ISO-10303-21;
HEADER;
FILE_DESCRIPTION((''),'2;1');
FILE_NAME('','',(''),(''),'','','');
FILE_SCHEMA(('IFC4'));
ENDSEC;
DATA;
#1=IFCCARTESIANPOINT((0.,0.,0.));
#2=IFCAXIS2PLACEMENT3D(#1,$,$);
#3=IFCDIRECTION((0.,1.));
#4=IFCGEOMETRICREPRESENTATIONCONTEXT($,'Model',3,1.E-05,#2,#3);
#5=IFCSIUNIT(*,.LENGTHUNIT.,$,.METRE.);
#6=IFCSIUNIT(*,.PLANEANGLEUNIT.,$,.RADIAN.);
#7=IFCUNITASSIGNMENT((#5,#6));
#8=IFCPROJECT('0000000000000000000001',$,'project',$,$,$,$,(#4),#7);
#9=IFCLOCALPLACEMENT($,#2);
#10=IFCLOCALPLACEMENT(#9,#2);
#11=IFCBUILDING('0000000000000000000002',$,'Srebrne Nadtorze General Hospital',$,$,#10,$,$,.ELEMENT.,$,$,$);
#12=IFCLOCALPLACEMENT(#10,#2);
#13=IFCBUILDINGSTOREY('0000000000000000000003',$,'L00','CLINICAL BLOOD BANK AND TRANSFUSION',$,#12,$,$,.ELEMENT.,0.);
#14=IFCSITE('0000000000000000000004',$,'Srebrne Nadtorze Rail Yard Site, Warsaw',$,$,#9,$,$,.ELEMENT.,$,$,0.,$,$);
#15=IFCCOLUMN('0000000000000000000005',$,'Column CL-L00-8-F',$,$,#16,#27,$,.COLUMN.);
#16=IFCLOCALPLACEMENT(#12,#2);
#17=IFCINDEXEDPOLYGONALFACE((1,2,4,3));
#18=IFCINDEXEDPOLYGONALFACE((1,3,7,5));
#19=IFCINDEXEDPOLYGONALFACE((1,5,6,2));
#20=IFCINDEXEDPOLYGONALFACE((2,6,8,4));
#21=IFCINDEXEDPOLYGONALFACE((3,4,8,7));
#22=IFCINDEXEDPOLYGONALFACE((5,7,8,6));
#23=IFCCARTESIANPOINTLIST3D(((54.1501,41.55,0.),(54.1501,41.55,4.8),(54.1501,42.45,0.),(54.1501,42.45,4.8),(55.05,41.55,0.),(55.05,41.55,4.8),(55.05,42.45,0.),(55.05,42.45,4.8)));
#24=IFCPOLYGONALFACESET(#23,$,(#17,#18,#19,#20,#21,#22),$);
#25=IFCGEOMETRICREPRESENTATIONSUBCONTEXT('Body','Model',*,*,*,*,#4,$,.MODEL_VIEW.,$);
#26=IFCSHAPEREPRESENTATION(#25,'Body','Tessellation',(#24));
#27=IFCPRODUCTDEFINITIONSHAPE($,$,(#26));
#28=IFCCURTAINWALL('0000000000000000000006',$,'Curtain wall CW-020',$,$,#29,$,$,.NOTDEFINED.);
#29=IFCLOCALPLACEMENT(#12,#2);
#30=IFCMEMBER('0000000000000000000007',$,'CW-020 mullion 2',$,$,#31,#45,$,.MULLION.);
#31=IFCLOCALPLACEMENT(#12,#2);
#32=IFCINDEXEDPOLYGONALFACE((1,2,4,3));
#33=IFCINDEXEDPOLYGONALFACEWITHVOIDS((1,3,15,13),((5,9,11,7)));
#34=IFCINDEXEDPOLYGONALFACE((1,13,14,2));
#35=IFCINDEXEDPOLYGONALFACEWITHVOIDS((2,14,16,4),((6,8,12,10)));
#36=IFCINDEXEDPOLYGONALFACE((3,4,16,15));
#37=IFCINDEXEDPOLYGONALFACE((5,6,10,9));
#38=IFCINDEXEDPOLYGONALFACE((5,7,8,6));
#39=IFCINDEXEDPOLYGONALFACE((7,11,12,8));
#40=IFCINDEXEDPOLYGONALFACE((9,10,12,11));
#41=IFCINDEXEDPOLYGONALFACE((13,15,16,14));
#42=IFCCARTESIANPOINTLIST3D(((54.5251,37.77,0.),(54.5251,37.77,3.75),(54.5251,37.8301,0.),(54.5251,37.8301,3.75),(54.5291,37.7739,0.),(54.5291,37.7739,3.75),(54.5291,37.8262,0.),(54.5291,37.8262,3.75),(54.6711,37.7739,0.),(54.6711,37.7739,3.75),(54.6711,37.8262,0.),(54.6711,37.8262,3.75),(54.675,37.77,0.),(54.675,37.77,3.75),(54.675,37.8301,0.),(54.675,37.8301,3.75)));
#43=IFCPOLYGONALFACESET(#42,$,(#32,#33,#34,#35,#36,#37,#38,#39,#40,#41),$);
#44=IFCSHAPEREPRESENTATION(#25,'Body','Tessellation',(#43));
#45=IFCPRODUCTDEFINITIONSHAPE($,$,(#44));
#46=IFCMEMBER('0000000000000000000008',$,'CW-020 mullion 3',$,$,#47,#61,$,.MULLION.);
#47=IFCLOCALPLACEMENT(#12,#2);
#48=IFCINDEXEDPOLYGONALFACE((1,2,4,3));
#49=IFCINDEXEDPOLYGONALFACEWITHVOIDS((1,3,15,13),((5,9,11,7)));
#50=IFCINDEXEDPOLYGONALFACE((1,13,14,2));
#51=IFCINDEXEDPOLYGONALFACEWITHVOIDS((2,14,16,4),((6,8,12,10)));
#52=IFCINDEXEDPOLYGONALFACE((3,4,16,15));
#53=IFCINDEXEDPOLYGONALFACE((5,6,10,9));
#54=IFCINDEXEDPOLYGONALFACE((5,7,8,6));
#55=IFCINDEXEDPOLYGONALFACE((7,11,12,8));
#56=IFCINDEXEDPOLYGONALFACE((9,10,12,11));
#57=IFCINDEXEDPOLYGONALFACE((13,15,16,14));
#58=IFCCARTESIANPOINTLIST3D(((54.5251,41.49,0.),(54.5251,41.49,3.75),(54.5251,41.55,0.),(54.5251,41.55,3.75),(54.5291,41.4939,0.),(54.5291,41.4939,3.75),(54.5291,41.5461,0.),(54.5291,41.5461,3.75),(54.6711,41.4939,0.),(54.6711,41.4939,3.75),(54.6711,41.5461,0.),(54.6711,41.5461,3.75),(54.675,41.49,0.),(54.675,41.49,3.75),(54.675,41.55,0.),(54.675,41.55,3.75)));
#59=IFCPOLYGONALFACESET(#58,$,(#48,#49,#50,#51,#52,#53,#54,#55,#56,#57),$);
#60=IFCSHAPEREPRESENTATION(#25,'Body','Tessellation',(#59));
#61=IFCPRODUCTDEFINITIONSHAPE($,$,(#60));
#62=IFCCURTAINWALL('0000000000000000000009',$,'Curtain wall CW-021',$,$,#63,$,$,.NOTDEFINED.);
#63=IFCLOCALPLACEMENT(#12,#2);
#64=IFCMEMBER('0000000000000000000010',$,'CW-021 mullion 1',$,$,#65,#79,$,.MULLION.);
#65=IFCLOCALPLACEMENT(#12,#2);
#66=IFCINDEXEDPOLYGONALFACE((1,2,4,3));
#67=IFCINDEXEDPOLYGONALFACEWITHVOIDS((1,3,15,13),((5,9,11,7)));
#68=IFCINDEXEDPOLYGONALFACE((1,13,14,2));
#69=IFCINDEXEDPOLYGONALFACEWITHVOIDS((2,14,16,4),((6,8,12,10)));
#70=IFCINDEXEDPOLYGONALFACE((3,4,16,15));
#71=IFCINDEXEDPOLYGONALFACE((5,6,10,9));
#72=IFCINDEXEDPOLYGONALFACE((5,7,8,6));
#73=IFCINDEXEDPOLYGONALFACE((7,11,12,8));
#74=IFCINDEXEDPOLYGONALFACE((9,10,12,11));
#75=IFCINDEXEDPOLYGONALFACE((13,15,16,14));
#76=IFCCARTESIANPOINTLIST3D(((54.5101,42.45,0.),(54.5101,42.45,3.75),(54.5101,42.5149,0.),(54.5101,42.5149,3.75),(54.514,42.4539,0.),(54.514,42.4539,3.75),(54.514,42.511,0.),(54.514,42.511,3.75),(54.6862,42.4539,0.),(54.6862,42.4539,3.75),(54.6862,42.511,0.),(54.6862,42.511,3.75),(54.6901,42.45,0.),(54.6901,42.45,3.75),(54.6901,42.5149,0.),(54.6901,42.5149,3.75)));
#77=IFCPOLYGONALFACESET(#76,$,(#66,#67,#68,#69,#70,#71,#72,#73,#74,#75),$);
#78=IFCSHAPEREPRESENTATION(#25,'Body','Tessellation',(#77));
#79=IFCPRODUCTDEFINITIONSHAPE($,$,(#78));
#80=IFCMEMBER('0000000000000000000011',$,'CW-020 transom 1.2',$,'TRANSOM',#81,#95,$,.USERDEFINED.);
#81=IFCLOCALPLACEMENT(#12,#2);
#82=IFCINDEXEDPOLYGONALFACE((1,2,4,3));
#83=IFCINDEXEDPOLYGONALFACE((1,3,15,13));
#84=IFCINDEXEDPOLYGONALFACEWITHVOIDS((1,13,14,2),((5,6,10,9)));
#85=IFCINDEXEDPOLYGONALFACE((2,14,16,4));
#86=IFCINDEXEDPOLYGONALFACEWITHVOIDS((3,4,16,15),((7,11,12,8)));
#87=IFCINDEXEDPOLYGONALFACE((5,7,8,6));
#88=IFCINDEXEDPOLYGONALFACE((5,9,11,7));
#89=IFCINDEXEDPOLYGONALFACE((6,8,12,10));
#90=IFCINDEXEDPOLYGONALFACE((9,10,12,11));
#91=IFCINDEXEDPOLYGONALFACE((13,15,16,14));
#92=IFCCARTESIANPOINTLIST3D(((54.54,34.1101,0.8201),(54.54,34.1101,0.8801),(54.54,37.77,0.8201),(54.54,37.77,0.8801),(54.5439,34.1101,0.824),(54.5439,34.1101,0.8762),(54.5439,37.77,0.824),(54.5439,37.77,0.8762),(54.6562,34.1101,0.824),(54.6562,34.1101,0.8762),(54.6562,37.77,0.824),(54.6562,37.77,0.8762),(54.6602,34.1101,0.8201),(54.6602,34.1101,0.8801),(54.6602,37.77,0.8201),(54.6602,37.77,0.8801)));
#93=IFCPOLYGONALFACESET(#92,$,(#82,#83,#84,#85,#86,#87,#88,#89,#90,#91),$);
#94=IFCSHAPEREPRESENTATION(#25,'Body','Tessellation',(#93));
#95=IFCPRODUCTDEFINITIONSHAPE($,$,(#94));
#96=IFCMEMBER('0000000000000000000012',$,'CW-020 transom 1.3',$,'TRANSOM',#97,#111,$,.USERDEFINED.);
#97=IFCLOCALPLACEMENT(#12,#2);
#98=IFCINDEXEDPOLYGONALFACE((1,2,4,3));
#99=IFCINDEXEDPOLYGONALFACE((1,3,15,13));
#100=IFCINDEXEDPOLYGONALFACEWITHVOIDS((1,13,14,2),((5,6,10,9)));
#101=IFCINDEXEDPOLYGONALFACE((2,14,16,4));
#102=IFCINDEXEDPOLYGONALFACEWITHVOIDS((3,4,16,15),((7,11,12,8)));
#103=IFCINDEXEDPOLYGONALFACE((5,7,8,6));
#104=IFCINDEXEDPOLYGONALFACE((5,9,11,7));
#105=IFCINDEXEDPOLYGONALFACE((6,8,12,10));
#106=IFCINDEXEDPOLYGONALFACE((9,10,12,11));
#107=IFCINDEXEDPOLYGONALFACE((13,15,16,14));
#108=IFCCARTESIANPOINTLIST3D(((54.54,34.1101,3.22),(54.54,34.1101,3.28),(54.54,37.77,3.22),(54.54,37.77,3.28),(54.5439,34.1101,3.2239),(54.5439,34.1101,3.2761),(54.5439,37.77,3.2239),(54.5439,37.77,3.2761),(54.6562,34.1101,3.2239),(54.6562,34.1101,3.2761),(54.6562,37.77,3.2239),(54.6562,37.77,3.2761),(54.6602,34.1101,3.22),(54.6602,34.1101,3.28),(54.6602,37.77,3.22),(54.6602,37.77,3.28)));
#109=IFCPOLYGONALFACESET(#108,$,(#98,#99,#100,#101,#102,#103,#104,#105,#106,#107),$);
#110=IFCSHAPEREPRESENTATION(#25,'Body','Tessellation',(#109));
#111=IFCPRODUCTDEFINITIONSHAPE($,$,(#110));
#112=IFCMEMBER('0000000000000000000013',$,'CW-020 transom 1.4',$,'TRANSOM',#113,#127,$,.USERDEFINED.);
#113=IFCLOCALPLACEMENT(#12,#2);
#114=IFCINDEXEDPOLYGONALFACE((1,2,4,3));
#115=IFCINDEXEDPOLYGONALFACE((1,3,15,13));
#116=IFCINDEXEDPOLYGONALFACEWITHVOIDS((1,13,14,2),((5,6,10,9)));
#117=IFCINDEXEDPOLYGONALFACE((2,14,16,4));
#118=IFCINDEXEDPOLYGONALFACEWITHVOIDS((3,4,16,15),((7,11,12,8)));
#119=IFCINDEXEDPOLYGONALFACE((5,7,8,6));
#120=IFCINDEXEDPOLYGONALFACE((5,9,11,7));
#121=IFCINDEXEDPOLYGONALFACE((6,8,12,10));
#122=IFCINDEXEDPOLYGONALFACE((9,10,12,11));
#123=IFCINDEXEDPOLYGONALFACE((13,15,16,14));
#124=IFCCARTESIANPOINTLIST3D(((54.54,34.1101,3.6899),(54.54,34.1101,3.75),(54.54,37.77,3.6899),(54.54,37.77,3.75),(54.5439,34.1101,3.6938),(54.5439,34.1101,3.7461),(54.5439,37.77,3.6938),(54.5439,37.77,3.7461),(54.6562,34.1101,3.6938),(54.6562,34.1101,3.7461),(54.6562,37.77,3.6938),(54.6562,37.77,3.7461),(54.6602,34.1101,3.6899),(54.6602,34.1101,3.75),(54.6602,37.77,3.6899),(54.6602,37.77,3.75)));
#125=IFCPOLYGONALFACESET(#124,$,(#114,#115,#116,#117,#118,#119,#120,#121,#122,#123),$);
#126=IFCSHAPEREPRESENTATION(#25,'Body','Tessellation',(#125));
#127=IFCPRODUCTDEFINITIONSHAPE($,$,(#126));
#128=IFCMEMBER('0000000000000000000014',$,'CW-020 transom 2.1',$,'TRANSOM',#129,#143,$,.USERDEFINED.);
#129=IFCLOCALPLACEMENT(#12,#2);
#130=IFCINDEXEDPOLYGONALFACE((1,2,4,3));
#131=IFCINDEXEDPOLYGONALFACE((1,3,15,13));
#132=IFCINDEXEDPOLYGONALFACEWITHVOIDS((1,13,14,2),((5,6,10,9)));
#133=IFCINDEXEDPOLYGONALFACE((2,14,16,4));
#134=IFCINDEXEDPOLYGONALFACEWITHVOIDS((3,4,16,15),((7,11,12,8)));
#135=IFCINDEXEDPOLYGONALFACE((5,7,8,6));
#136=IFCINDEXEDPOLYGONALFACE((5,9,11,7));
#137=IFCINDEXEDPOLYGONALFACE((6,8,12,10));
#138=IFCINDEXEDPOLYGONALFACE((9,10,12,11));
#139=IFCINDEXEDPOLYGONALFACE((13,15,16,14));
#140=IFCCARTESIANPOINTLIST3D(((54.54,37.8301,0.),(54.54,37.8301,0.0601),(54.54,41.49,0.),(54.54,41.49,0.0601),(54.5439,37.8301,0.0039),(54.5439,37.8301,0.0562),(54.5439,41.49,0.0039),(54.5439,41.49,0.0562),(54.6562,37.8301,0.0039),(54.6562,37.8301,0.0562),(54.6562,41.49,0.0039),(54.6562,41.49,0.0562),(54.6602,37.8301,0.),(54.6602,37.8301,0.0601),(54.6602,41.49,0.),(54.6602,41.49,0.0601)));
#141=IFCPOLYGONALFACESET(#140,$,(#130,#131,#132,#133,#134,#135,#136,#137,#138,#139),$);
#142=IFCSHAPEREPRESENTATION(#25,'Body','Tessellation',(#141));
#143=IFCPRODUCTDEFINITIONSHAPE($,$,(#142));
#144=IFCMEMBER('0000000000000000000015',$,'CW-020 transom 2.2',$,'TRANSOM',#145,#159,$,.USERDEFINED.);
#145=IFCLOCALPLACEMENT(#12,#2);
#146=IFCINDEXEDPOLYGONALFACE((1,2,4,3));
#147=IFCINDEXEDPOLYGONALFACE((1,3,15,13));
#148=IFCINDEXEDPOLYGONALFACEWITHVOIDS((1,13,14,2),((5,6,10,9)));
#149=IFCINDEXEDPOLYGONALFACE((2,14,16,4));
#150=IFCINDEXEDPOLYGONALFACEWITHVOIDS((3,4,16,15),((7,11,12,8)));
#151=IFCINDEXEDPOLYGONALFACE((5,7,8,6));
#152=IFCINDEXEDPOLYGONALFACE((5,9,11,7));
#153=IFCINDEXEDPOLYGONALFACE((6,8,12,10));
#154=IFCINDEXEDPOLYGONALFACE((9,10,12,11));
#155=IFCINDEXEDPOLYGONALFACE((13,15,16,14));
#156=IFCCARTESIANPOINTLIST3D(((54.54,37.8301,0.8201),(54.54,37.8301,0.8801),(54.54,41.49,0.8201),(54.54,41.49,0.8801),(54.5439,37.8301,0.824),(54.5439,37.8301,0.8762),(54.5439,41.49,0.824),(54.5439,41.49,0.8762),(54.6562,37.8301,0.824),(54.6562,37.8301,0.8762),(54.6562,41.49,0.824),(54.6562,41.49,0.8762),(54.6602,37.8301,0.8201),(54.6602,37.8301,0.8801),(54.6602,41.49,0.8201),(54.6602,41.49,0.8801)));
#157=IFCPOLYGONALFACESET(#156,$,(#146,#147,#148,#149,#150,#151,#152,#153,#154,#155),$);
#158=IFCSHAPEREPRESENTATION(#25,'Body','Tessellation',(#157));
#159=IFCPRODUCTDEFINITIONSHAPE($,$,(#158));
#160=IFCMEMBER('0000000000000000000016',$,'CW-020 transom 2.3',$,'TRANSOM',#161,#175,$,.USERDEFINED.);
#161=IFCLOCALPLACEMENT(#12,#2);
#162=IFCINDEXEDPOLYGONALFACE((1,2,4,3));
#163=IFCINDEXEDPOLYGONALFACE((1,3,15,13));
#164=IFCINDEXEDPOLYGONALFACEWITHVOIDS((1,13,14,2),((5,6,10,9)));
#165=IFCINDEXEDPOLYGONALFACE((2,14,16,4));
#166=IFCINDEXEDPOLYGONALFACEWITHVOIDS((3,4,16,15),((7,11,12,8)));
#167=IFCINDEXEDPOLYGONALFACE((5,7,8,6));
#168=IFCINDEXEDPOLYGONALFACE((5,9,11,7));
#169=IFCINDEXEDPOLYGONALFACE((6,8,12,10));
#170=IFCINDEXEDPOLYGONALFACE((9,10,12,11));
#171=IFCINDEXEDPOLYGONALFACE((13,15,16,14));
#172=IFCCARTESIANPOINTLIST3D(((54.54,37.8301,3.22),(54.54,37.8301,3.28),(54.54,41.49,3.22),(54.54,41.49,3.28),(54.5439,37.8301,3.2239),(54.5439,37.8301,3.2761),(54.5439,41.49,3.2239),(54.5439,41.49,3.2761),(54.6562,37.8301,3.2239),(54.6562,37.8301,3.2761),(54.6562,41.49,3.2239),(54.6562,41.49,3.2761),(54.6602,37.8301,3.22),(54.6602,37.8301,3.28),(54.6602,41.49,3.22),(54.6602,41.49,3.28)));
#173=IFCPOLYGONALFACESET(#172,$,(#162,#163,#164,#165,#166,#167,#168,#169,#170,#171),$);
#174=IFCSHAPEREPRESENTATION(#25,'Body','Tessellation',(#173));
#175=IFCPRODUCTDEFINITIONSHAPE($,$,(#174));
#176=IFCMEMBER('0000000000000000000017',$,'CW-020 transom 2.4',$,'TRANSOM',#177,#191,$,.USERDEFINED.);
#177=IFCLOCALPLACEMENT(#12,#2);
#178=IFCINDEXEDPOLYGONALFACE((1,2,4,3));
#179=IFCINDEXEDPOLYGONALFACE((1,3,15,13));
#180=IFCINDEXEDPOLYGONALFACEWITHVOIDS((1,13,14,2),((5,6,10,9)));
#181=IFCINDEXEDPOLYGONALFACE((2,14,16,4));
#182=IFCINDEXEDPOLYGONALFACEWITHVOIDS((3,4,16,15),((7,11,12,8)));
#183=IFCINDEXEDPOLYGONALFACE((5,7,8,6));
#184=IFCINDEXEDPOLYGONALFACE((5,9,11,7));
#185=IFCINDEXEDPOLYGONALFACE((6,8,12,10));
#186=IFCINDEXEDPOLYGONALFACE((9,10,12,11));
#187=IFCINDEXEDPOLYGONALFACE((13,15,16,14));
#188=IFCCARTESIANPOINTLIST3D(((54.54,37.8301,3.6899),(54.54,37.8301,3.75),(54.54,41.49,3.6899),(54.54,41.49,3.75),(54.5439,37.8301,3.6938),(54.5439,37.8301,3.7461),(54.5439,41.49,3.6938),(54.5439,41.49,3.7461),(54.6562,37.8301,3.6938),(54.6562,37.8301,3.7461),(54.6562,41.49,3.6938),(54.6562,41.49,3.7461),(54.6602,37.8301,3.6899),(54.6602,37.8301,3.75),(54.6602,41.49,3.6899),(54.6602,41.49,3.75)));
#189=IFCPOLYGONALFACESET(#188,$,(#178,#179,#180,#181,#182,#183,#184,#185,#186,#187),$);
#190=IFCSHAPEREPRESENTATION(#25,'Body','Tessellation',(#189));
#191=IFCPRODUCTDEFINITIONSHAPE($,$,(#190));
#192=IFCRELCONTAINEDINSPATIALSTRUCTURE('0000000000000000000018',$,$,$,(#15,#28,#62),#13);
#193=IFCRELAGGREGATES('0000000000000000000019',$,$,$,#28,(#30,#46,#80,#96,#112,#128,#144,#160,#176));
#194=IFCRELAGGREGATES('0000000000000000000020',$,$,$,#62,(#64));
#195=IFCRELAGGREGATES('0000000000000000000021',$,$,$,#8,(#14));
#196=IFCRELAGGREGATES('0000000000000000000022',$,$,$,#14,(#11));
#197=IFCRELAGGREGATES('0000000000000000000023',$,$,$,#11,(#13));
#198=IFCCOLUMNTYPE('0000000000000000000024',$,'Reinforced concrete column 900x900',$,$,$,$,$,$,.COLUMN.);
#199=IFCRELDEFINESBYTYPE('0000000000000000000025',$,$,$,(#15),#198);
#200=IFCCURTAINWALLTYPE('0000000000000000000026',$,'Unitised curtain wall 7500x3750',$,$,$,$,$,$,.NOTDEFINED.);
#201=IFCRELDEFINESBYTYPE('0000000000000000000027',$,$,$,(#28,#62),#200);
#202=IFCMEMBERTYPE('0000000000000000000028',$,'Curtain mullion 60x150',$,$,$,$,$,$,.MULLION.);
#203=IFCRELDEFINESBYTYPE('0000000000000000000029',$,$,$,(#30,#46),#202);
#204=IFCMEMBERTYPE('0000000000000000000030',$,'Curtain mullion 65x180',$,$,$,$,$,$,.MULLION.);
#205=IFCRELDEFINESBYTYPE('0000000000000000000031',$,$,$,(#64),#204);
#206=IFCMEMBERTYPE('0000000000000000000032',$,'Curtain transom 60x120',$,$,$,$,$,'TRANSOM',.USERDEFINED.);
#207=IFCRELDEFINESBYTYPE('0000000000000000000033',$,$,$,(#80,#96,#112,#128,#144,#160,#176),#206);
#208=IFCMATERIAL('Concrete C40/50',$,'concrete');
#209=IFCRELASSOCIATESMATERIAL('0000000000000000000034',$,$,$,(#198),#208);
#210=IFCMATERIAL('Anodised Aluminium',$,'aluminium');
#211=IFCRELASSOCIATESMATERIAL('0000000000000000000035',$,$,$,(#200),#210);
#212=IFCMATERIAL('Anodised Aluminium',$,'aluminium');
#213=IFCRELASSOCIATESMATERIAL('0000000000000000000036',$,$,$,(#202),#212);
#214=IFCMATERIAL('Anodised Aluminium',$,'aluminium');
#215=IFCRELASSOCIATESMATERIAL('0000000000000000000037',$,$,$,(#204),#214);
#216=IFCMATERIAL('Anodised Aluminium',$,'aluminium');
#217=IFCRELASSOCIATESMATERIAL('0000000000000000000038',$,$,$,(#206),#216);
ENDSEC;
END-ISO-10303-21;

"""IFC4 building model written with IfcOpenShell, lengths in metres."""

from ifc_helpers import new_model, si_unit, direction, frame, origin, origin_2d, place, context, subcontext, project, spatial, rectangle, hollow_rectangle, extrude, material, material_profile, profile_set, type_object, element, aggregate, save


model = new_model("IFC4")

# Units and contexts
model_context = context("Model", 3, precision=1e-05, world=origin(), true_north=direction((0.0, 1.0)))
body_context = subcontext(model_context, "Body", "Model", "MODEL_VIEW")
ifc_project = project(units=[si_unit("LENGTHUNIT", "METRE"), si_unit("PLANEANGLEUNIT", "RADIAN")], contexts=[model_context])

# Site, building, storey
site_placement = place(None, origin())
site = spatial("IfcSite", under=ifc_project, at=site_placement, Name="Srebrne Nadtorze Rail Yard Site, Warsaw", CompositionType="ELEMENT", RefElevation=0.0)
building_placement = place(site_placement, origin())
building = spatial("IfcBuilding", under=site, at=building_placement, Name="Srebrne Nadtorze General Hospital", CompositionType="ELEMENT")
storey_placement = place(building_placement, origin())
storey = spatial("IfcBuildingStorey", under=building, at=storey_placement, Name="L00", Description="CLINICAL BLOOD BANK AND TRANSFUSION", CompositionType="ELEMENT", Elevation=0.0)

# Column
ifc_material_1 = material(Name="Concrete C40/50", Category="concrete")
ifc_material_profile_1 = material_profile(ifc_material_1, rectangle(XDim=0.8999, YDim=0.8999, at=origin_2d()), Name="RC-COL-900x900")
ifc_profile_set_1 = profile_set([ifc_material_profile_1], Name="Concrete C40/50")
column_type = type_object("IfcColumnType", Name="Reinforced concrete column 900x900", PredefinedType="COLUMN", material=ifc_profile_set_1)
column_placement = place(storey_placement, frame((54.6001, 42.0, 0.0), z_axis=(0.0, 0.0, 1.0), x_axis=(1.0, 0.0, 0.0)))
element("IfcColumn", 1, at=column_placement, inside=storey, type_object=column_type, Name="Column CL-L00-8-F", PredefinedType="COLUMN", context=body_context, shape_type="SweptSolid", body=[
    extrude(rectangle(XDim=0.8999, YDim=0.8999, at=origin_2d()), origin(), (0.0, 0.0, 1.0), 4.8),
])

# Curtain wall, members
ifc_material_2 = material(Name="Anodised Aluminium", Category="aluminium")
curtain_wall_type = type_object("IfcCurtainWallType", Name="Unitised curtain wall 7500x3750", PredefinedType="NOTDEFINED", material=ifc_material_2)
curtain_wall_1_placement = place(storey_placement, origin())
curtain_wall_1 = element("IfcCurtainWall", 2, at=curtain_wall_1_placement, inside=storey, type_object=curtain_wall_type, Name="Curtain wall CW-020", PredefinedType="NOTDEFINED")
ifc_material_3 = material(Name="Anodised Aluminium", Category="aluminium")
ifc_material_profile_2 = material_profile(ifc_material_3, hollow_rectangle(XDim=0.0601, YDim=0.1499, WallThickness=0.0039, at=origin_2d()), Name="AL-MUL-60x150")
ifc_profile_set_2 = profile_set([ifc_material_profile_2], Name="Anodised Aluminium")
member_type_1 = type_object("IfcMemberType", Name="Curtain mullion 60x150", PredefinedType="MULLION", material=ifc_profile_set_2)
member_1_placement = place(storey_placement, frame((54.6001, 37.8, 0.0), z_axis=(0.0, 0.0, 1.0), x_axis=(0.0, 1.0, 0.0)))
member_1 = element("IfcMember", 3, at=member_1_placement, type_object=member_type_1, Name="CW-020 mullion 2", PredefinedType="MULLION", context=body_context, shape_type="SweptSolid", body=[
    extrude(hollow_rectangle(XDim=0.0601, YDim=0.1499, WallThickness=0.0039, at=origin_2d()), origin(), (0.0, 0.0, 1.0), 3.75),
])
member_2_placement = place(storey_placement, frame((54.6001, 41.52, 0.0), z_axis=(0.0, 0.0, 1.0), x_axis=(0.0, 1.0, 0.0)))
member_2 = element("IfcMember", 4, at=member_2_placement, type_object=member_type_1, Name="CW-020 mullion 3", PredefinedType="MULLION", context=body_context, shape_type="SweptSolid", body=[
    extrude(hollow_rectangle(XDim=0.0601, YDim=0.1499, WallThickness=0.0039, at=origin_2d()), origin(), (0.0, 0.0, 1.0), 3.75),
])

# Curtain wall, member
curtain_wall_2_placement = place(storey_placement, origin())
curtain_wall_2 = element("IfcCurtainWall", 5, at=curtain_wall_2_placement, inside=storey, type_object=curtain_wall_type, Name="Curtain wall CW-021", PredefinedType="NOTDEFINED")
ifc_material_4 = material(Name="Anodised Aluminium", Category="aluminium")
ifc_material_profile_3 = material_profile(ifc_material_4, hollow_rectangle(XDim=0.0649, YDim=0.1799, WallThickness=0.0039, at=origin_2d()), Name="AL-MUL-65x180")
ifc_profile_set_3 = profile_set([ifc_material_profile_3], Name="Anodised Aluminium")
member_type_2 = type_object("IfcMemberType", Name="Curtain mullion 65x180", PredefinedType="MULLION", material=ifc_profile_set_3)
member_3_placement = place(storey_placement, frame((54.6001, 42.4824, 0.0), z_axis=(0.0, 0.0, 1.0), x_axis=(0.0, 1.0, 0.0)))
member_3 = element("IfcMember", 6, at=member_3_placement, type_object=member_type_2, Name="CW-021 mullion 1", PredefinedType="MULLION", context=body_context, shape_type="SweptSolid", body=[
    extrude(hollow_rectangle(XDim=0.0649, YDim=0.1799, WallThickness=0.0039, at=origin_2d()), origin(), (0.0, 0.0, 1.0), 3.75),
])

# Members
ifc_material_5 = material(Name="Anodised Aluminium", Category="aluminium")
ifc_material_profile_4 = material_profile(ifc_material_5, hollow_rectangle(XDim=0.0601, YDim=0.1201, WallThickness=0.0039, at=origin_2d()), Name="AL-TRN-60x120")
ifc_profile_set_4 = profile_set([ifc_material_profile_4], Name="Anodised Aluminium")
member_type_3 = type_object("IfcMemberType", Name="Curtain transom 60x120", ElementType="TRANSOM", PredefinedType="USERDEFINED", material=ifc_profile_set_4)
member_4_placement = place(storey_placement, frame((54.6001, 34.1101, 0.8501), z_axis=(0.0, 1.0, 0.0), x_axis=(0.0, 0.0, 1.0)))
member_4 = element("IfcMember", 7, at=member_4_placement, type_object=member_type_3, Name="CW-020 transom 1.2", ObjectType="TRANSOM", PredefinedType="USERDEFINED", context=body_context, shape_type="SweptSolid", body=[
    extrude(hollow_rectangle(XDim=0.0601, YDim=0.1201, WallThickness=0.0039, at=origin_2d()), origin(), (0.0, 0.0, 1.0), 3.6599),
])
member_5_placement = place(storey_placement, frame((54.6001, 34.1101, 3.25), z_axis=(0.0, 1.0, 0.0), x_axis=(0.0, 0.0, 1.0)))
member_5 = element("IfcMember", 8, at=member_5_placement, type_object=member_type_3, Name="CW-020 transom 1.3", ObjectType="TRANSOM", PredefinedType="USERDEFINED", context=body_context, shape_type="SweptSolid", body=[
    extrude(hollow_rectangle(XDim=0.0601, YDim=0.1201, WallThickness=0.0039, at=origin_2d()), origin(), (0.0, 0.0, 1.0), 3.6599),
])
member_6_placement = place(storey_placement, frame((54.6001, 34.1101, 3.72), z_axis=(0.0, 1.0, 0.0), x_axis=(0.0, 0.0, 1.0)))
member_6 = element("IfcMember", 9, at=member_6_placement, type_object=member_type_3, Name="CW-020 transom 1.4", ObjectType="TRANSOM", PredefinedType="USERDEFINED", context=body_context, shape_type="SweptSolid", body=[
    extrude(hollow_rectangle(XDim=0.0601, YDim=0.1201, WallThickness=0.0039, at=origin_2d()), origin(), (0.0, 0.0, 1.0), 3.6599),
])
member_7_placement = place(storey_placement, frame((54.6001, 37.8301, 0.03), z_axis=(0.0, 1.0, 0.0), x_axis=(0.0, 0.0, 1.0)))
member_7 = element("IfcMember", 10, at=member_7_placement, type_object=member_type_3, Name="CW-020 transom 2.1", ObjectType="TRANSOM", PredefinedType="USERDEFINED", context=body_context, shape_type="SweptSolid", body=[
    extrude(hollow_rectangle(XDim=0.0601, YDim=0.1201, WallThickness=0.0039, at=origin_2d()), origin(), (0.0, 0.0, 1.0), 3.6599),
])
member_8_placement = place(storey_placement, frame((54.6001, 37.8301, 0.8501), z_axis=(0.0, 1.0, 0.0), x_axis=(0.0, 0.0, 1.0)))
member_8 = element("IfcMember", 11, at=member_8_placement, type_object=member_type_3, Name="CW-020 transom 2.2", ObjectType="TRANSOM", PredefinedType="USERDEFINED", context=body_context, shape_type="SweptSolid", body=[
    extrude(hollow_rectangle(XDim=0.0601, YDim=0.1201, WallThickness=0.0039, at=origin_2d()), origin(), (0.0, 0.0, 1.0), 3.6599),
])
member_9_placement = place(storey_placement, frame((54.6001, 37.8301, 3.25), z_axis=(0.0, 1.0, 0.0), x_axis=(0.0, 0.0, 1.0)))
member_9 = element("IfcMember", 12, at=member_9_placement, type_object=member_type_3, Name="CW-020 transom 2.3", ObjectType="TRANSOM", PredefinedType="USERDEFINED", context=body_context, shape_type="SweptSolid", body=[
    extrude(hollow_rectangle(XDim=0.0601, YDim=0.1201, WallThickness=0.0039, at=origin_2d()), origin(), (0.0, 0.0, 1.0), 3.6599),
])
member_10_placement = place(storey_placement, frame((54.6001, 37.8301, 3.72), z_axis=(0.0, 1.0, 0.0), x_axis=(0.0, 0.0, 1.0)))
member_10 = element("IfcMember", 13, at=member_10_placement, type_object=member_type_3, Name="CW-020 transom 2.4", ObjectType="TRANSOM", PredefinedType="USERDEFINED", context=body_context, shape_type="SweptSolid", body=[
    extrude(hollow_rectangle(XDim=0.0601, YDim=0.1201, WallThickness=0.0039, at=origin_2d()), origin(), (0.0, 0.0, 1.0), 3.6599),
])

aggregate(curtain_wall_1, [member_1, member_2, member_4, member_5, member_6, member_7, member_8, member_9, member_10])
aggregate(curtain_wall_2, [member_3])

save(model, "model.ifc")
